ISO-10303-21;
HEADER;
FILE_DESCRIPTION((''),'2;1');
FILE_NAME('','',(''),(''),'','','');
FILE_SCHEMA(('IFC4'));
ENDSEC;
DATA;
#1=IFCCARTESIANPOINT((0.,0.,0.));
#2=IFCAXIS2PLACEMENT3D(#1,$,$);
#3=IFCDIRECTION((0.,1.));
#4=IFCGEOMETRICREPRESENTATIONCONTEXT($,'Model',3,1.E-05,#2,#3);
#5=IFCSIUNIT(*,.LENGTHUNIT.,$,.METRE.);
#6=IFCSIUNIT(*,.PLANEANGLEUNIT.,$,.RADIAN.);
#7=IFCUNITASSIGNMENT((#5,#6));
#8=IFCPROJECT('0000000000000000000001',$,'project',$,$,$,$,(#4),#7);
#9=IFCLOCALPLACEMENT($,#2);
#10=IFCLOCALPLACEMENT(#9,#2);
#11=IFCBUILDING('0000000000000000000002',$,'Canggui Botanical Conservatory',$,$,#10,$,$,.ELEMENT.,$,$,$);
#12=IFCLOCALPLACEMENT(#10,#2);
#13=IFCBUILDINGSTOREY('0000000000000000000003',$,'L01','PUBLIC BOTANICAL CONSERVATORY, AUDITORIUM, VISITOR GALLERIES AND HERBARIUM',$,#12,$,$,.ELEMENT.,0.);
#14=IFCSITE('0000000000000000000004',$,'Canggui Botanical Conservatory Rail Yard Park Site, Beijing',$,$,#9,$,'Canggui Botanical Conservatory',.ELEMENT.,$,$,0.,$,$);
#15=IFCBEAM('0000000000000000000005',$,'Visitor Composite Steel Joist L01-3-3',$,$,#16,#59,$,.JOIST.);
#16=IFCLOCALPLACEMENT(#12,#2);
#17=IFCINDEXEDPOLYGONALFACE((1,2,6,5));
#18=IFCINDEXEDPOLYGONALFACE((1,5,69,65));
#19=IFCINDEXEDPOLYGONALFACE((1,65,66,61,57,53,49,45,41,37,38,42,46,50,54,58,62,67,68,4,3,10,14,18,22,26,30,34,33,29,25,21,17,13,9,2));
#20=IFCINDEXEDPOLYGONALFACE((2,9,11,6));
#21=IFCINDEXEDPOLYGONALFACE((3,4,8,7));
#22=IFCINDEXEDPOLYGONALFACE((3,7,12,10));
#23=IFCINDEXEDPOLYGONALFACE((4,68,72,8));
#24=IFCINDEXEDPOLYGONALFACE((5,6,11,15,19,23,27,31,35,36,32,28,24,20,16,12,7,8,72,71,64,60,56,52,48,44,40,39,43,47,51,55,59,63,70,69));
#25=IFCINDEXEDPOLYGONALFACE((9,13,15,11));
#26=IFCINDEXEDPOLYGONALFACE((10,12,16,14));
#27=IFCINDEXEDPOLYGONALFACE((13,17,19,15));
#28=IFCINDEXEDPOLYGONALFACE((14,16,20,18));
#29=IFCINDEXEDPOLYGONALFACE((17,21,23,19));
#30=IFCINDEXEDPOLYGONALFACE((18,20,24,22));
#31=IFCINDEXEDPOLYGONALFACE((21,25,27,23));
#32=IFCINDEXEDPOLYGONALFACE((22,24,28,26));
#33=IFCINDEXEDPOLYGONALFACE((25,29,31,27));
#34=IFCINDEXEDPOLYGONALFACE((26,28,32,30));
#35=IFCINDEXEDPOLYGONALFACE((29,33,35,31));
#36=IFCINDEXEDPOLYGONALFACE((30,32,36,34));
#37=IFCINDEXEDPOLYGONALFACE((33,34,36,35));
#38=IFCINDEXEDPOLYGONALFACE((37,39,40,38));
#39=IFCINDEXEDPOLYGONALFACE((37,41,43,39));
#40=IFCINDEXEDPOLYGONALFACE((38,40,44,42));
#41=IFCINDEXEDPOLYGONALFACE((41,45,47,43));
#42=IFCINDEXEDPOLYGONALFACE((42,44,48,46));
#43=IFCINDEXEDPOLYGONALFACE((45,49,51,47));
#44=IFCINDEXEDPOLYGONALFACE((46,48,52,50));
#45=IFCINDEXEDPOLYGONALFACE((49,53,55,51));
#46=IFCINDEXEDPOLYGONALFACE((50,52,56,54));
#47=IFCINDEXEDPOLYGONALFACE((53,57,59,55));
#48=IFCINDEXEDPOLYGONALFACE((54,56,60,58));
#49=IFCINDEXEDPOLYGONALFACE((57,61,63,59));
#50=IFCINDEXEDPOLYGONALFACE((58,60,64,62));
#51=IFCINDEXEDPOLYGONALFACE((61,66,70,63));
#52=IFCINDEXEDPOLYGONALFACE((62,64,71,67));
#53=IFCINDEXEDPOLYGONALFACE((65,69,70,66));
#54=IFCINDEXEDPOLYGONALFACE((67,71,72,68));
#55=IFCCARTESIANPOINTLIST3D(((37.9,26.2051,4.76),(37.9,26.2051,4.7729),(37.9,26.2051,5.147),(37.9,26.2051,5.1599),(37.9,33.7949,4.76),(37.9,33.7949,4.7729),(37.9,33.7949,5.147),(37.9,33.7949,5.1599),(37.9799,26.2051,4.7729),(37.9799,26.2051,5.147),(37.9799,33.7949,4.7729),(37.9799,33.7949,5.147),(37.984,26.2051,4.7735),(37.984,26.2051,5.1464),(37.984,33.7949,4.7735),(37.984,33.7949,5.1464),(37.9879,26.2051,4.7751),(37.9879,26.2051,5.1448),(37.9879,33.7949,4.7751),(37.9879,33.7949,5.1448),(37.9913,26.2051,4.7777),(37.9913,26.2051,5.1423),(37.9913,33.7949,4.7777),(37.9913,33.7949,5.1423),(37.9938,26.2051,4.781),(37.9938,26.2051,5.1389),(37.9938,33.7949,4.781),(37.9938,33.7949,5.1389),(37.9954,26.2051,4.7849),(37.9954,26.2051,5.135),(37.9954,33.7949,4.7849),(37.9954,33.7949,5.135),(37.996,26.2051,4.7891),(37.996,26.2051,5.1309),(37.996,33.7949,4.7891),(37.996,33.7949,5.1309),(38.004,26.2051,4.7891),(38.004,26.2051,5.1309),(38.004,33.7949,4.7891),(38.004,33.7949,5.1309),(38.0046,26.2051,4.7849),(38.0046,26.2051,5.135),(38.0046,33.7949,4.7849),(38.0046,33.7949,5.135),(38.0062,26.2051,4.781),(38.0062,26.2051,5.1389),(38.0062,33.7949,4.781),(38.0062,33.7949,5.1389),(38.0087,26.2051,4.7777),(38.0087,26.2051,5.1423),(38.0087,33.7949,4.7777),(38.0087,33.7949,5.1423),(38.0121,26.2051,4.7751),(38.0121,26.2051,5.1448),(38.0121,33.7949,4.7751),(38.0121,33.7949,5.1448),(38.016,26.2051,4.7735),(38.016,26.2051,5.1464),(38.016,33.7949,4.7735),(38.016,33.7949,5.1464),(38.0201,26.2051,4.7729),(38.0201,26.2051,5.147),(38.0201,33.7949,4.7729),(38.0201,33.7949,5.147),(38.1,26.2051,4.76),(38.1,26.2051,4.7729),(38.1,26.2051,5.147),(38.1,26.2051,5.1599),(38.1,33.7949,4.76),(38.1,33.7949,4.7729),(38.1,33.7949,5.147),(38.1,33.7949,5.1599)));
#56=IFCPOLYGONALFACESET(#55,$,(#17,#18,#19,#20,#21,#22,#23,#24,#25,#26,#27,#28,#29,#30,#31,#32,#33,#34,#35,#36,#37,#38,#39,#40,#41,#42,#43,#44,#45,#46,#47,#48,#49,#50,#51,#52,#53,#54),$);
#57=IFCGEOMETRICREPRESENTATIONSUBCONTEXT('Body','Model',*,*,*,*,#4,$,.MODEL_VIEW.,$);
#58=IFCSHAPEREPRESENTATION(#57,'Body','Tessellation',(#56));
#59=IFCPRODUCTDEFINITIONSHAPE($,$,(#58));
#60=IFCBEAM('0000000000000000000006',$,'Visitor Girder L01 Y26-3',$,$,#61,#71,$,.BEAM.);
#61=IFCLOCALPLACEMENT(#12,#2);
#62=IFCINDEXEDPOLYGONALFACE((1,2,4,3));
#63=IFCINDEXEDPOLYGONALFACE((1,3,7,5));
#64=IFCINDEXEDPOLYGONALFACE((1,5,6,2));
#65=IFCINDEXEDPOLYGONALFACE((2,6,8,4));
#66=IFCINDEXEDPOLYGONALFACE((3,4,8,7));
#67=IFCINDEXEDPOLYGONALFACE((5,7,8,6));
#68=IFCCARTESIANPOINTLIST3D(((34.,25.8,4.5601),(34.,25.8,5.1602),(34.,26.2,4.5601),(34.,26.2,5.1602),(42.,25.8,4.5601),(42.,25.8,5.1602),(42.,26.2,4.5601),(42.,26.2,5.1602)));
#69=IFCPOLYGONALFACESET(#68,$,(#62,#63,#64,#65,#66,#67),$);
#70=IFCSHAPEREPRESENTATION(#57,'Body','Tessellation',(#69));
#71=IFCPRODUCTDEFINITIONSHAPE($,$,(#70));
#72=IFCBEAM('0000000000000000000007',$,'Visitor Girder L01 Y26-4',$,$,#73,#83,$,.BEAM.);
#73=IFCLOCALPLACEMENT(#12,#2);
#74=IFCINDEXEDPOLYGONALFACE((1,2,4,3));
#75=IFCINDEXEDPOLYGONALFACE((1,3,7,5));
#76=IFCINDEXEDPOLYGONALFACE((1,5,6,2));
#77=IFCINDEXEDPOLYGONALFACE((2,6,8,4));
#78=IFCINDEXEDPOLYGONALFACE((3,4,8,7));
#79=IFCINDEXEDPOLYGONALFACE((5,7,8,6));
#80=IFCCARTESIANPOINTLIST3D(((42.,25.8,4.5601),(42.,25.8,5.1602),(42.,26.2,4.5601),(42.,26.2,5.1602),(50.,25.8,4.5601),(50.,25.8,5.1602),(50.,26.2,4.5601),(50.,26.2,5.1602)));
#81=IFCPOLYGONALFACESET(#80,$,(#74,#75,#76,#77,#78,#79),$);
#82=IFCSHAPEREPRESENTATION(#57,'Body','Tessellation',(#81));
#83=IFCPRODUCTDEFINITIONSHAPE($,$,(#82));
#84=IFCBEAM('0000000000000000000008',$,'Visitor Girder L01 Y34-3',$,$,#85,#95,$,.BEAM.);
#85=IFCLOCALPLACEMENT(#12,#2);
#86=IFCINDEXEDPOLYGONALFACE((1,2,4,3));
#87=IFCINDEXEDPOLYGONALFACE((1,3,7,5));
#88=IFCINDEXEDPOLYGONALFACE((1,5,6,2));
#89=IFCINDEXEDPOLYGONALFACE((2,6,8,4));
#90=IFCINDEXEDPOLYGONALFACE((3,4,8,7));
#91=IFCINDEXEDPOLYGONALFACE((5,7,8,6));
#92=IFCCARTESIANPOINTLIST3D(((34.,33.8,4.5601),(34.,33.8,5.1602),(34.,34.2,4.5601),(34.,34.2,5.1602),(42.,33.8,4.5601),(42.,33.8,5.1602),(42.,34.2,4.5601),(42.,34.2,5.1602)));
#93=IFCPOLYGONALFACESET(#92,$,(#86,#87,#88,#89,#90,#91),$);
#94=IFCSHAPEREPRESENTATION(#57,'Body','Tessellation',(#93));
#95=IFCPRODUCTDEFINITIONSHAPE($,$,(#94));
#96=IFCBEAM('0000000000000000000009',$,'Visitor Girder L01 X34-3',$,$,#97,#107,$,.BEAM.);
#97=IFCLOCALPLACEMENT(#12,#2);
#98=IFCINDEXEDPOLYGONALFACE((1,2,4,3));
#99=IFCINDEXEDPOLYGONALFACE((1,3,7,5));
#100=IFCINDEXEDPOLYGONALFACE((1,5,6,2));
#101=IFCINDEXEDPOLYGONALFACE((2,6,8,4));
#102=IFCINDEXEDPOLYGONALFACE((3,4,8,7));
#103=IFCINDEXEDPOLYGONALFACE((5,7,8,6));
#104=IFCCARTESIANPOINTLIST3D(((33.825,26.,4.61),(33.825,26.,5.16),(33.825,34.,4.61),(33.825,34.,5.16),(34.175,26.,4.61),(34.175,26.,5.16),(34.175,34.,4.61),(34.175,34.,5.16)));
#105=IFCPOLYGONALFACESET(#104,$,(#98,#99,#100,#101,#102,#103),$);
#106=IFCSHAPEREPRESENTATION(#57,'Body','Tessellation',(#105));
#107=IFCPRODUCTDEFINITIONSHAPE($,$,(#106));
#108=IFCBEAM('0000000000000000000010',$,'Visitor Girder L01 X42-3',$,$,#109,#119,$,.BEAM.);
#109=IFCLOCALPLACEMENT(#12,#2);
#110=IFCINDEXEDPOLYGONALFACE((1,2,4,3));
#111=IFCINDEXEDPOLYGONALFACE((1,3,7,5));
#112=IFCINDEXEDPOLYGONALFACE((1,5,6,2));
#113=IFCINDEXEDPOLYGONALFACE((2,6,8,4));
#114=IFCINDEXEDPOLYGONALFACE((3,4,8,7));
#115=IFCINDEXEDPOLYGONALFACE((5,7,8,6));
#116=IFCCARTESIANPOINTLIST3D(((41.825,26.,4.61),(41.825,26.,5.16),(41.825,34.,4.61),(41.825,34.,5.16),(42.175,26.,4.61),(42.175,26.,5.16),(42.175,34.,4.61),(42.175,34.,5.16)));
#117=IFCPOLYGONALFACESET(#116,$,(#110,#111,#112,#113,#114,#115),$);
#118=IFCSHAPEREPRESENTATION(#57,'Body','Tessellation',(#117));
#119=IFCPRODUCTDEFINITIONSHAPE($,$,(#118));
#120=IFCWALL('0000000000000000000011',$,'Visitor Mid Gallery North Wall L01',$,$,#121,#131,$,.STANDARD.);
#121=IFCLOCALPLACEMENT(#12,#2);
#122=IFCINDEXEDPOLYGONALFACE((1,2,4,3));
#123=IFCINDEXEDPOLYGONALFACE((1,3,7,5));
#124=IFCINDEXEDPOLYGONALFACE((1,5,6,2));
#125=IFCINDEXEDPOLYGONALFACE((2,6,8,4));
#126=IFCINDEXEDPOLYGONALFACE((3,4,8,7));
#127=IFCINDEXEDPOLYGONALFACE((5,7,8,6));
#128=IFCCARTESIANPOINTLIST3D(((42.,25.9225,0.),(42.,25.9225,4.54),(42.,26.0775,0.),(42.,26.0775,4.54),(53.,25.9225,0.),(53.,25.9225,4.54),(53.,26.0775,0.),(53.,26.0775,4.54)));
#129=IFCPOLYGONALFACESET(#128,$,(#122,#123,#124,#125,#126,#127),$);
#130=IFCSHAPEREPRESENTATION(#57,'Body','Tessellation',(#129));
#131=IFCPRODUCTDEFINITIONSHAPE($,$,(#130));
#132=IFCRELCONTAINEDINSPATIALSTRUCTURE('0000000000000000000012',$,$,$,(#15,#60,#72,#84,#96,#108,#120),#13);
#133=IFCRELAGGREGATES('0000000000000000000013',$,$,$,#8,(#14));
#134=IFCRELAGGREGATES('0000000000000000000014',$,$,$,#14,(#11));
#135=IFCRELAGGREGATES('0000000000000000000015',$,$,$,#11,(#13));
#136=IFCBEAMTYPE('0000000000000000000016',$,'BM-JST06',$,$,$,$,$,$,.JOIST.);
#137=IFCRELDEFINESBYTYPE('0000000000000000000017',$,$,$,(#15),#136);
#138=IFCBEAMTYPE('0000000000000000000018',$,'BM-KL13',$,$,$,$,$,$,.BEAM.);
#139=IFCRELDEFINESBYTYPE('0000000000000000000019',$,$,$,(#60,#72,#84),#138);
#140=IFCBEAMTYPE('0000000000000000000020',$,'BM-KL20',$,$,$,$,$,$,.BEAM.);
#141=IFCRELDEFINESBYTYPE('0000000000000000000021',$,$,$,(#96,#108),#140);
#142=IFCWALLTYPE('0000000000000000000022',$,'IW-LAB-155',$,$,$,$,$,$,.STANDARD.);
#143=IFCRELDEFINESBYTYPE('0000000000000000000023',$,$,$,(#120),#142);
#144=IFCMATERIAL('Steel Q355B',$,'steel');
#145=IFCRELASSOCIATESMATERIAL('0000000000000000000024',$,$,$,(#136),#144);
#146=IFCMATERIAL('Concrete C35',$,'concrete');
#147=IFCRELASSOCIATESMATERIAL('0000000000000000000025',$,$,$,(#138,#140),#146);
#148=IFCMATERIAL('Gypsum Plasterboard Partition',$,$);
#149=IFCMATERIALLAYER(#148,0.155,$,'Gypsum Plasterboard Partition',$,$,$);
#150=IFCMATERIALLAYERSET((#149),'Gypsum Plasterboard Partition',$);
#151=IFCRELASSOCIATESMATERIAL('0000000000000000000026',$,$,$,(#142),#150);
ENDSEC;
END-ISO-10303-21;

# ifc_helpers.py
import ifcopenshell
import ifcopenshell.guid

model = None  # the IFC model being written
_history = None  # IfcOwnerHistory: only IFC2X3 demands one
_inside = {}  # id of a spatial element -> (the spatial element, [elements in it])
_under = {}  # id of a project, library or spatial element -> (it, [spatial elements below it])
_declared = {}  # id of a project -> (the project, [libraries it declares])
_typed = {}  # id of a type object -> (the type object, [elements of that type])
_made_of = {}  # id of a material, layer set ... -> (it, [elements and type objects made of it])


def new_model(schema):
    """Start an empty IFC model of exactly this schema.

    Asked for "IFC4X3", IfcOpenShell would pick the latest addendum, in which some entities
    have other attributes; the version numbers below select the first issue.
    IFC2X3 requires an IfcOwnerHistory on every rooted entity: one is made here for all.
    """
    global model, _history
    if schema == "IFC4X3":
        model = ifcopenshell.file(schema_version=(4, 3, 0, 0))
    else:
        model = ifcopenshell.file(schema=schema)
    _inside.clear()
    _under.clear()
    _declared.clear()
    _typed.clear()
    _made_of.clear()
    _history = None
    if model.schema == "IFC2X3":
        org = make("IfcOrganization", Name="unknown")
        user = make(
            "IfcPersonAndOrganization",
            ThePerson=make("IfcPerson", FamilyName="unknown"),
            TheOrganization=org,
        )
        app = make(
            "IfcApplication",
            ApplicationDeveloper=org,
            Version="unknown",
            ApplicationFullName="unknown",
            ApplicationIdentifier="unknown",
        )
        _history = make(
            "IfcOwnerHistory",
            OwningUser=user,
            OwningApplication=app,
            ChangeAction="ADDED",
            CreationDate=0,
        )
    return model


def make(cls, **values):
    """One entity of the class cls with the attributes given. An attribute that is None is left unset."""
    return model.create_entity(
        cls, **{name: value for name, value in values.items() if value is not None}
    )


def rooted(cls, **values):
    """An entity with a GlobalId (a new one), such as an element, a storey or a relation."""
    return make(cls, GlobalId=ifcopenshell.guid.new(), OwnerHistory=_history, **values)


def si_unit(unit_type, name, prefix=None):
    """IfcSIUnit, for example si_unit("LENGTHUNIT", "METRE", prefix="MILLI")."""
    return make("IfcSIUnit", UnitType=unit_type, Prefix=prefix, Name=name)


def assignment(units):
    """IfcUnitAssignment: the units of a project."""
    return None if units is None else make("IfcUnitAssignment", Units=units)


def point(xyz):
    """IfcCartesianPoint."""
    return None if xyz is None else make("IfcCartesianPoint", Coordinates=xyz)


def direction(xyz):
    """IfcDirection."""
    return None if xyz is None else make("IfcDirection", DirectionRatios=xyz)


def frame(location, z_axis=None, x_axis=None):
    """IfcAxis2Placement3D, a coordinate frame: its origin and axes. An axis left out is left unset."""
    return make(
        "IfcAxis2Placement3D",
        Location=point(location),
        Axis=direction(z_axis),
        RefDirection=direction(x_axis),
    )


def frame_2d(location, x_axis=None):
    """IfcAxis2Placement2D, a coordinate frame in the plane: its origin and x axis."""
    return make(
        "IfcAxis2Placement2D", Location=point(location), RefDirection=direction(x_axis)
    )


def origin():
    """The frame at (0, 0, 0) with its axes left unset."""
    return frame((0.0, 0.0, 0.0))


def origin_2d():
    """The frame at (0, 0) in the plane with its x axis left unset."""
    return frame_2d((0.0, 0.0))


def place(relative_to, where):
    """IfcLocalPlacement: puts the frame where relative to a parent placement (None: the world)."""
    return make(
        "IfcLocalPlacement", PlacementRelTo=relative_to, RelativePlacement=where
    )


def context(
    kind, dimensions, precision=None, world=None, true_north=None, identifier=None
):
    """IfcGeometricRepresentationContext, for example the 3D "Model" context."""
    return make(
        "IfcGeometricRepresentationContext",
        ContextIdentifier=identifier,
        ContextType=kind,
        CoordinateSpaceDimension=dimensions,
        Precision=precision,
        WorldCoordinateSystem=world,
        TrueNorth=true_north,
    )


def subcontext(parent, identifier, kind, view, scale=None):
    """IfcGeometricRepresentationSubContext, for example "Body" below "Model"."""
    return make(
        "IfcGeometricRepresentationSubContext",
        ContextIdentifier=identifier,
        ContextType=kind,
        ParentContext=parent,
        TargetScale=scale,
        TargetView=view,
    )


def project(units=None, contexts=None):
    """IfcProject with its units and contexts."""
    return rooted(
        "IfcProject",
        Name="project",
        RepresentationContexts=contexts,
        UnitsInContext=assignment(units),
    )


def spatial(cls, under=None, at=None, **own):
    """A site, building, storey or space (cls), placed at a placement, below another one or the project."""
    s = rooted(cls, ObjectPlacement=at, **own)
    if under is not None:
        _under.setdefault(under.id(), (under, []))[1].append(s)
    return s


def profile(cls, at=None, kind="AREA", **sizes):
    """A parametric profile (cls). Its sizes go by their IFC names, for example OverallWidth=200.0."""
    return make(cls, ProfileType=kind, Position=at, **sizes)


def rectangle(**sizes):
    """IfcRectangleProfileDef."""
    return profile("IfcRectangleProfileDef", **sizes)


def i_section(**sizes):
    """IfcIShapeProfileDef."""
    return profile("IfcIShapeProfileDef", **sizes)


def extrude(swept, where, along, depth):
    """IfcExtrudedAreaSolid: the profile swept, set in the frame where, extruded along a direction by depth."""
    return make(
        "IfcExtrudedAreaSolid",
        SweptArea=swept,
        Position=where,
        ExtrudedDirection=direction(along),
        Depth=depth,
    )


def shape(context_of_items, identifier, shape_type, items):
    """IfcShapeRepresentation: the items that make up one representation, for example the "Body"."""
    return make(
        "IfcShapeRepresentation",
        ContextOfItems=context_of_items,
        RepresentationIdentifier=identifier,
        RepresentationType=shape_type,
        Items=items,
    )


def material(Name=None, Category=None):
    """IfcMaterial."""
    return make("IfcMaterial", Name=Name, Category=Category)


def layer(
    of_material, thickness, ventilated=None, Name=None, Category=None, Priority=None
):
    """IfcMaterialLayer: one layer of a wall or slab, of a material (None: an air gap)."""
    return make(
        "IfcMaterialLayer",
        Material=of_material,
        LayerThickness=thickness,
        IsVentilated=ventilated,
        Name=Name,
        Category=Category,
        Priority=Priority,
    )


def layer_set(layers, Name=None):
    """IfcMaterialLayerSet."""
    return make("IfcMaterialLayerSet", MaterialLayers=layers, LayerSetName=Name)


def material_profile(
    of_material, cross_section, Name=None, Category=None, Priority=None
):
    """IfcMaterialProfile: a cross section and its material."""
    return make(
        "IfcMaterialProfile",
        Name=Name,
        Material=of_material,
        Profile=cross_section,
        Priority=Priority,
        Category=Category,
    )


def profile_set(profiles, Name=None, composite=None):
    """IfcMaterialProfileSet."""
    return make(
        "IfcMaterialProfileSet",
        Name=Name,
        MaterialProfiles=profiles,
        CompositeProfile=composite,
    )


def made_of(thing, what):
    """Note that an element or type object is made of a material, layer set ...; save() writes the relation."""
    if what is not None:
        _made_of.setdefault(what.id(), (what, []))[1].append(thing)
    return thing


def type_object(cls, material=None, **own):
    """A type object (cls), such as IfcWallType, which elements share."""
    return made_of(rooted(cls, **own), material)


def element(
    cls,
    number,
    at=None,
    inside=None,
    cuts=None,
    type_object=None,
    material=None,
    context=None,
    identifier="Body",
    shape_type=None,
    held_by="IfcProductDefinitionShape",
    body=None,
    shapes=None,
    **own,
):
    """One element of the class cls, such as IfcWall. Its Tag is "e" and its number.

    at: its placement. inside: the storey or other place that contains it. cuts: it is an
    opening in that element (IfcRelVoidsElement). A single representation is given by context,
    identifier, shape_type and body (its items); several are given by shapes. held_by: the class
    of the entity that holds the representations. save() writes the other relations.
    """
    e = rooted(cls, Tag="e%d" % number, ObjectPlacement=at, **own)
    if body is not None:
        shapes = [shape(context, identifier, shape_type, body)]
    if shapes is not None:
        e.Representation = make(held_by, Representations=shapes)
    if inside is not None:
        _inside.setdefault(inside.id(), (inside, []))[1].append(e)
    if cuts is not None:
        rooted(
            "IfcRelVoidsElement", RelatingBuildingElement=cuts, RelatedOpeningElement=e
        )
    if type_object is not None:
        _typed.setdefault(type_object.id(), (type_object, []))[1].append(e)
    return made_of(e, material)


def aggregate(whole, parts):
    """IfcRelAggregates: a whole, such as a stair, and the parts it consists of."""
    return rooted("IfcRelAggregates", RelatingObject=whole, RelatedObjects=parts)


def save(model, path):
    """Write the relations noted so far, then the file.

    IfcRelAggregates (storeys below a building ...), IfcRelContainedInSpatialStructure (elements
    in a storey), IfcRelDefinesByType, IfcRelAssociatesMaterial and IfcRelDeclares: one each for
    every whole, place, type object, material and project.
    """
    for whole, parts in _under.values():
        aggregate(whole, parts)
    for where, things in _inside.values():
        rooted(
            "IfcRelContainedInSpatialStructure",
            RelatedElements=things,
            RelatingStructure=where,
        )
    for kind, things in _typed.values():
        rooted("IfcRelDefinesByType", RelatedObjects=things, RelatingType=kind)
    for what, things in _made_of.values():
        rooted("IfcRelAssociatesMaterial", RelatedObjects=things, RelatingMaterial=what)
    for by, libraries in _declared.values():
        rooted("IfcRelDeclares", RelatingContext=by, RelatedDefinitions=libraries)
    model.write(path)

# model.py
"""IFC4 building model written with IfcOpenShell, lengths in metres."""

from ifc_helpers import new_model, si_unit, direction, frame, frame_2d, origin, origin_2d, place, context, subcontext, project, spatial, rectangle, i_section, extrude, material, layer, layer_set, material_profile, profile_set, type_object, element, save


model = new_model("IFC4")

# Units and contexts
model_context = context("Model", 3, precision=1e-05, world=origin(), true_north=direction((0.0, 1.0)))
body_context = subcontext(model_context, "Body", "Model", "MODEL_VIEW")
ifc_project = project(units=[si_unit("LENGTHUNIT", "METRE"), si_unit("PLANEANGLEUNIT", "RADIAN")], contexts=[model_context])

# Site, building, storey
site_placement = place(None, origin())
site = spatial("IfcSite", under=ifc_project, at=site_placement, Name="Canggui Botanical Conservatory Rail Yard Park Site, Beijing", LongName="Canggui Botanical Conservatory", CompositionType="ELEMENT", RefElevation=0.0)
building_placement = place(site_placement, origin())
building = spatial("IfcBuilding", under=site, at=building_placement, Name="Canggui Botanical Conservatory", CompositionType="ELEMENT")
storey_placement = place(building_placement, origin())
storey = spatial("IfcBuildingStorey", under=building, at=storey_placement, Name="L01", Description="PUBLIC BOTANICAL CONSERVATORY, AUDITORIUM, VISITOR GALLERIES AND HERBARIUM", CompositionType="ELEMENT", Elevation=0.0)

# Shared definitions
ifc_material_1 = material(Name="Concrete C35", Category="concrete")

# Beams
ifc_material_2 = material(Name="Steel Q355B", Category="steel")
ifc_material_profile_1 = material_profile(ifc_material_2, i_section(OverallWidth=0.2, OverallDepth=0.3999, WebThickness=0.0081, FlangeThickness=0.0129, FilletRadius=0.0161, at=origin_2d()), Name="HN 400x200x8x13")
ifc_profile_set_1 = profile_set([ifc_material_profile_1], Name="Steel Q355B")
beam_type_1 = type_object("IfcBeamType", Name="BM-JST06", PredefinedType="JOIST", material=ifc_profile_set_1)
for number, where, z_axis, x_axis, name in (
    (1, (38.0, 26.2051, 4.96), (0.0, 1.0, 0.0), (-1.0, 0.0, 0.0), "Visitor Composite Steel Joist L01-3-3"),
):
    element("IfcBeam", number, at=place(storey_placement, frame(where, z_axis=z_axis, x_axis=x_axis)), inside=storey, type_object=beam_type_1, Name=name, PredefinedType="JOIST", context=body_context, shape_type="SweptSolid", body=[
        extrude(i_section(OverallWidth=0.2, OverallDepth=0.3999, WebThickness=0.0081, FlangeThickness=0.0129, FilletRadius=0.0161, at=origin_2d()), origin(), (0.0, 0.0, 1.0), 7.5898),
    ])
ifc_material_profile_2 = material_profile(ifc_material_1, rectangle(XDim=0.3999, YDim=0.6001, at=origin_2d()), Name="RB 400x600")
ifc_profile_set_2 = profile_set([ifc_material_profile_2], Name="Concrete C35")
beam_type_2 = type_object("IfcBeamType", Name="BM-KL13", PredefinedType="BEAM", material=ifc_profile_set_2)
for number, where, z_axis, x_axis, name in (
    (2, (34.0, 26.0, 4.8601), (1.0, 0.0, 0.0), (0.0, 1.0, 0.0), "Visitor Girder L01 Y26-3"),
    (3, (42.0, 26.0, 4.8601), (1.0, 0.0, 0.0), (0.0, 1.0, 0.0), "Visitor Girder L01 Y26-4"),
    (4, (34.0, 34.0, 4.8601), (1.0, 0.0, 0.0), (0.0, 1.0, 0.0), "Visitor Girder L01 Y34-3"),
):
    element("IfcBeam", number, at=place(storey_placement, frame(where, z_axis=z_axis, x_axis=x_axis)), inside=storey, type_object=beam_type_2, Name=name, PredefinedType="BEAM", context=body_context, shape_type="SweptSolid", body=[
        extrude(rectangle(XDim=0.3999, YDim=0.6001, at=origin_2d()), origin(), (0.0, 0.0, 1.0), 8.0),
    ])
ifc_material_profile_3 = material_profile(ifc_material_1, rectangle(XDim=0.3501, YDim=0.55, at=origin_2d()), Name="RB 350x550")
ifc_profile_set_3 = profile_set([ifc_material_profile_3], Name="Concrete C35")
beam_type_3 = type_object("IfcBeamType", Name="BM-KL20", PredefinedType="BEAM", material=ifc_profile_set_3)
for number, where, z_axis, x_axis, name in (
    (5, (34.0, 26.0, 4.885), (0.0, 1.0, 0.0), (-1.0, 0.0, 0.0), "Visitor Girder L01 X34-3"),
    (6, (42.0, 26.0, 4.885), (0.0, 1.0, 0.0), (-1.0, 0.0, 0.0), "Visitor Girder L01 X42-3"),
):
    element("IfcBeam", number, at=place(storey_placement, frame(where, z_axis=z_axis, x_axis=x_axis)), inside=storey, type_object=beam_type_3, Name=name, PredefinedType="BEAM", context=body_context, shape_type="SweptSolid", body=[
        extrude(rectangle(XDim=0.3501, YDim=0.55, at=origin_2d()), origin(), (0.0, 0.0, 1.0), 8.0),
    ])

# Wall
ifc_material_3 = material(Name="Gypsum Plasterboard Partition")
ifc_layer = layer(ifc_material_3, 0.155, Name="Gypsum Plasterboard Partition")
ifc_layer_set = layer_set([ifc_layer], Name="Gypsum Plasterboard Partition")
wall_type = type_object("IfcWallType", Name="IW-LAB-155", PredefinedType="STANDARD", material=ifc_layer_set)
wall_placement = place(storey_placement, frame((42.0, 26.0, 0.0), z_axis=(0.0, 0.0, 1.0), x_axis=(1.0, 0.0, 0.0)))
element("IfcWall", 7, at=wall_placement, inside=storey, type_object=wall_type, Name="Visitor Mid Gallery North Wall L01", PredefinedType="STANDARD", context=body_context, shape_type="SweptSolid", body=[
    extrude(rectangle(XDim=11.0, YDim=0.155, at=frame_2d((5.5, 0.0))), origin(), (0.0, 0.0, 1.0), 4.54),
])

save(model, "model.ifc")
